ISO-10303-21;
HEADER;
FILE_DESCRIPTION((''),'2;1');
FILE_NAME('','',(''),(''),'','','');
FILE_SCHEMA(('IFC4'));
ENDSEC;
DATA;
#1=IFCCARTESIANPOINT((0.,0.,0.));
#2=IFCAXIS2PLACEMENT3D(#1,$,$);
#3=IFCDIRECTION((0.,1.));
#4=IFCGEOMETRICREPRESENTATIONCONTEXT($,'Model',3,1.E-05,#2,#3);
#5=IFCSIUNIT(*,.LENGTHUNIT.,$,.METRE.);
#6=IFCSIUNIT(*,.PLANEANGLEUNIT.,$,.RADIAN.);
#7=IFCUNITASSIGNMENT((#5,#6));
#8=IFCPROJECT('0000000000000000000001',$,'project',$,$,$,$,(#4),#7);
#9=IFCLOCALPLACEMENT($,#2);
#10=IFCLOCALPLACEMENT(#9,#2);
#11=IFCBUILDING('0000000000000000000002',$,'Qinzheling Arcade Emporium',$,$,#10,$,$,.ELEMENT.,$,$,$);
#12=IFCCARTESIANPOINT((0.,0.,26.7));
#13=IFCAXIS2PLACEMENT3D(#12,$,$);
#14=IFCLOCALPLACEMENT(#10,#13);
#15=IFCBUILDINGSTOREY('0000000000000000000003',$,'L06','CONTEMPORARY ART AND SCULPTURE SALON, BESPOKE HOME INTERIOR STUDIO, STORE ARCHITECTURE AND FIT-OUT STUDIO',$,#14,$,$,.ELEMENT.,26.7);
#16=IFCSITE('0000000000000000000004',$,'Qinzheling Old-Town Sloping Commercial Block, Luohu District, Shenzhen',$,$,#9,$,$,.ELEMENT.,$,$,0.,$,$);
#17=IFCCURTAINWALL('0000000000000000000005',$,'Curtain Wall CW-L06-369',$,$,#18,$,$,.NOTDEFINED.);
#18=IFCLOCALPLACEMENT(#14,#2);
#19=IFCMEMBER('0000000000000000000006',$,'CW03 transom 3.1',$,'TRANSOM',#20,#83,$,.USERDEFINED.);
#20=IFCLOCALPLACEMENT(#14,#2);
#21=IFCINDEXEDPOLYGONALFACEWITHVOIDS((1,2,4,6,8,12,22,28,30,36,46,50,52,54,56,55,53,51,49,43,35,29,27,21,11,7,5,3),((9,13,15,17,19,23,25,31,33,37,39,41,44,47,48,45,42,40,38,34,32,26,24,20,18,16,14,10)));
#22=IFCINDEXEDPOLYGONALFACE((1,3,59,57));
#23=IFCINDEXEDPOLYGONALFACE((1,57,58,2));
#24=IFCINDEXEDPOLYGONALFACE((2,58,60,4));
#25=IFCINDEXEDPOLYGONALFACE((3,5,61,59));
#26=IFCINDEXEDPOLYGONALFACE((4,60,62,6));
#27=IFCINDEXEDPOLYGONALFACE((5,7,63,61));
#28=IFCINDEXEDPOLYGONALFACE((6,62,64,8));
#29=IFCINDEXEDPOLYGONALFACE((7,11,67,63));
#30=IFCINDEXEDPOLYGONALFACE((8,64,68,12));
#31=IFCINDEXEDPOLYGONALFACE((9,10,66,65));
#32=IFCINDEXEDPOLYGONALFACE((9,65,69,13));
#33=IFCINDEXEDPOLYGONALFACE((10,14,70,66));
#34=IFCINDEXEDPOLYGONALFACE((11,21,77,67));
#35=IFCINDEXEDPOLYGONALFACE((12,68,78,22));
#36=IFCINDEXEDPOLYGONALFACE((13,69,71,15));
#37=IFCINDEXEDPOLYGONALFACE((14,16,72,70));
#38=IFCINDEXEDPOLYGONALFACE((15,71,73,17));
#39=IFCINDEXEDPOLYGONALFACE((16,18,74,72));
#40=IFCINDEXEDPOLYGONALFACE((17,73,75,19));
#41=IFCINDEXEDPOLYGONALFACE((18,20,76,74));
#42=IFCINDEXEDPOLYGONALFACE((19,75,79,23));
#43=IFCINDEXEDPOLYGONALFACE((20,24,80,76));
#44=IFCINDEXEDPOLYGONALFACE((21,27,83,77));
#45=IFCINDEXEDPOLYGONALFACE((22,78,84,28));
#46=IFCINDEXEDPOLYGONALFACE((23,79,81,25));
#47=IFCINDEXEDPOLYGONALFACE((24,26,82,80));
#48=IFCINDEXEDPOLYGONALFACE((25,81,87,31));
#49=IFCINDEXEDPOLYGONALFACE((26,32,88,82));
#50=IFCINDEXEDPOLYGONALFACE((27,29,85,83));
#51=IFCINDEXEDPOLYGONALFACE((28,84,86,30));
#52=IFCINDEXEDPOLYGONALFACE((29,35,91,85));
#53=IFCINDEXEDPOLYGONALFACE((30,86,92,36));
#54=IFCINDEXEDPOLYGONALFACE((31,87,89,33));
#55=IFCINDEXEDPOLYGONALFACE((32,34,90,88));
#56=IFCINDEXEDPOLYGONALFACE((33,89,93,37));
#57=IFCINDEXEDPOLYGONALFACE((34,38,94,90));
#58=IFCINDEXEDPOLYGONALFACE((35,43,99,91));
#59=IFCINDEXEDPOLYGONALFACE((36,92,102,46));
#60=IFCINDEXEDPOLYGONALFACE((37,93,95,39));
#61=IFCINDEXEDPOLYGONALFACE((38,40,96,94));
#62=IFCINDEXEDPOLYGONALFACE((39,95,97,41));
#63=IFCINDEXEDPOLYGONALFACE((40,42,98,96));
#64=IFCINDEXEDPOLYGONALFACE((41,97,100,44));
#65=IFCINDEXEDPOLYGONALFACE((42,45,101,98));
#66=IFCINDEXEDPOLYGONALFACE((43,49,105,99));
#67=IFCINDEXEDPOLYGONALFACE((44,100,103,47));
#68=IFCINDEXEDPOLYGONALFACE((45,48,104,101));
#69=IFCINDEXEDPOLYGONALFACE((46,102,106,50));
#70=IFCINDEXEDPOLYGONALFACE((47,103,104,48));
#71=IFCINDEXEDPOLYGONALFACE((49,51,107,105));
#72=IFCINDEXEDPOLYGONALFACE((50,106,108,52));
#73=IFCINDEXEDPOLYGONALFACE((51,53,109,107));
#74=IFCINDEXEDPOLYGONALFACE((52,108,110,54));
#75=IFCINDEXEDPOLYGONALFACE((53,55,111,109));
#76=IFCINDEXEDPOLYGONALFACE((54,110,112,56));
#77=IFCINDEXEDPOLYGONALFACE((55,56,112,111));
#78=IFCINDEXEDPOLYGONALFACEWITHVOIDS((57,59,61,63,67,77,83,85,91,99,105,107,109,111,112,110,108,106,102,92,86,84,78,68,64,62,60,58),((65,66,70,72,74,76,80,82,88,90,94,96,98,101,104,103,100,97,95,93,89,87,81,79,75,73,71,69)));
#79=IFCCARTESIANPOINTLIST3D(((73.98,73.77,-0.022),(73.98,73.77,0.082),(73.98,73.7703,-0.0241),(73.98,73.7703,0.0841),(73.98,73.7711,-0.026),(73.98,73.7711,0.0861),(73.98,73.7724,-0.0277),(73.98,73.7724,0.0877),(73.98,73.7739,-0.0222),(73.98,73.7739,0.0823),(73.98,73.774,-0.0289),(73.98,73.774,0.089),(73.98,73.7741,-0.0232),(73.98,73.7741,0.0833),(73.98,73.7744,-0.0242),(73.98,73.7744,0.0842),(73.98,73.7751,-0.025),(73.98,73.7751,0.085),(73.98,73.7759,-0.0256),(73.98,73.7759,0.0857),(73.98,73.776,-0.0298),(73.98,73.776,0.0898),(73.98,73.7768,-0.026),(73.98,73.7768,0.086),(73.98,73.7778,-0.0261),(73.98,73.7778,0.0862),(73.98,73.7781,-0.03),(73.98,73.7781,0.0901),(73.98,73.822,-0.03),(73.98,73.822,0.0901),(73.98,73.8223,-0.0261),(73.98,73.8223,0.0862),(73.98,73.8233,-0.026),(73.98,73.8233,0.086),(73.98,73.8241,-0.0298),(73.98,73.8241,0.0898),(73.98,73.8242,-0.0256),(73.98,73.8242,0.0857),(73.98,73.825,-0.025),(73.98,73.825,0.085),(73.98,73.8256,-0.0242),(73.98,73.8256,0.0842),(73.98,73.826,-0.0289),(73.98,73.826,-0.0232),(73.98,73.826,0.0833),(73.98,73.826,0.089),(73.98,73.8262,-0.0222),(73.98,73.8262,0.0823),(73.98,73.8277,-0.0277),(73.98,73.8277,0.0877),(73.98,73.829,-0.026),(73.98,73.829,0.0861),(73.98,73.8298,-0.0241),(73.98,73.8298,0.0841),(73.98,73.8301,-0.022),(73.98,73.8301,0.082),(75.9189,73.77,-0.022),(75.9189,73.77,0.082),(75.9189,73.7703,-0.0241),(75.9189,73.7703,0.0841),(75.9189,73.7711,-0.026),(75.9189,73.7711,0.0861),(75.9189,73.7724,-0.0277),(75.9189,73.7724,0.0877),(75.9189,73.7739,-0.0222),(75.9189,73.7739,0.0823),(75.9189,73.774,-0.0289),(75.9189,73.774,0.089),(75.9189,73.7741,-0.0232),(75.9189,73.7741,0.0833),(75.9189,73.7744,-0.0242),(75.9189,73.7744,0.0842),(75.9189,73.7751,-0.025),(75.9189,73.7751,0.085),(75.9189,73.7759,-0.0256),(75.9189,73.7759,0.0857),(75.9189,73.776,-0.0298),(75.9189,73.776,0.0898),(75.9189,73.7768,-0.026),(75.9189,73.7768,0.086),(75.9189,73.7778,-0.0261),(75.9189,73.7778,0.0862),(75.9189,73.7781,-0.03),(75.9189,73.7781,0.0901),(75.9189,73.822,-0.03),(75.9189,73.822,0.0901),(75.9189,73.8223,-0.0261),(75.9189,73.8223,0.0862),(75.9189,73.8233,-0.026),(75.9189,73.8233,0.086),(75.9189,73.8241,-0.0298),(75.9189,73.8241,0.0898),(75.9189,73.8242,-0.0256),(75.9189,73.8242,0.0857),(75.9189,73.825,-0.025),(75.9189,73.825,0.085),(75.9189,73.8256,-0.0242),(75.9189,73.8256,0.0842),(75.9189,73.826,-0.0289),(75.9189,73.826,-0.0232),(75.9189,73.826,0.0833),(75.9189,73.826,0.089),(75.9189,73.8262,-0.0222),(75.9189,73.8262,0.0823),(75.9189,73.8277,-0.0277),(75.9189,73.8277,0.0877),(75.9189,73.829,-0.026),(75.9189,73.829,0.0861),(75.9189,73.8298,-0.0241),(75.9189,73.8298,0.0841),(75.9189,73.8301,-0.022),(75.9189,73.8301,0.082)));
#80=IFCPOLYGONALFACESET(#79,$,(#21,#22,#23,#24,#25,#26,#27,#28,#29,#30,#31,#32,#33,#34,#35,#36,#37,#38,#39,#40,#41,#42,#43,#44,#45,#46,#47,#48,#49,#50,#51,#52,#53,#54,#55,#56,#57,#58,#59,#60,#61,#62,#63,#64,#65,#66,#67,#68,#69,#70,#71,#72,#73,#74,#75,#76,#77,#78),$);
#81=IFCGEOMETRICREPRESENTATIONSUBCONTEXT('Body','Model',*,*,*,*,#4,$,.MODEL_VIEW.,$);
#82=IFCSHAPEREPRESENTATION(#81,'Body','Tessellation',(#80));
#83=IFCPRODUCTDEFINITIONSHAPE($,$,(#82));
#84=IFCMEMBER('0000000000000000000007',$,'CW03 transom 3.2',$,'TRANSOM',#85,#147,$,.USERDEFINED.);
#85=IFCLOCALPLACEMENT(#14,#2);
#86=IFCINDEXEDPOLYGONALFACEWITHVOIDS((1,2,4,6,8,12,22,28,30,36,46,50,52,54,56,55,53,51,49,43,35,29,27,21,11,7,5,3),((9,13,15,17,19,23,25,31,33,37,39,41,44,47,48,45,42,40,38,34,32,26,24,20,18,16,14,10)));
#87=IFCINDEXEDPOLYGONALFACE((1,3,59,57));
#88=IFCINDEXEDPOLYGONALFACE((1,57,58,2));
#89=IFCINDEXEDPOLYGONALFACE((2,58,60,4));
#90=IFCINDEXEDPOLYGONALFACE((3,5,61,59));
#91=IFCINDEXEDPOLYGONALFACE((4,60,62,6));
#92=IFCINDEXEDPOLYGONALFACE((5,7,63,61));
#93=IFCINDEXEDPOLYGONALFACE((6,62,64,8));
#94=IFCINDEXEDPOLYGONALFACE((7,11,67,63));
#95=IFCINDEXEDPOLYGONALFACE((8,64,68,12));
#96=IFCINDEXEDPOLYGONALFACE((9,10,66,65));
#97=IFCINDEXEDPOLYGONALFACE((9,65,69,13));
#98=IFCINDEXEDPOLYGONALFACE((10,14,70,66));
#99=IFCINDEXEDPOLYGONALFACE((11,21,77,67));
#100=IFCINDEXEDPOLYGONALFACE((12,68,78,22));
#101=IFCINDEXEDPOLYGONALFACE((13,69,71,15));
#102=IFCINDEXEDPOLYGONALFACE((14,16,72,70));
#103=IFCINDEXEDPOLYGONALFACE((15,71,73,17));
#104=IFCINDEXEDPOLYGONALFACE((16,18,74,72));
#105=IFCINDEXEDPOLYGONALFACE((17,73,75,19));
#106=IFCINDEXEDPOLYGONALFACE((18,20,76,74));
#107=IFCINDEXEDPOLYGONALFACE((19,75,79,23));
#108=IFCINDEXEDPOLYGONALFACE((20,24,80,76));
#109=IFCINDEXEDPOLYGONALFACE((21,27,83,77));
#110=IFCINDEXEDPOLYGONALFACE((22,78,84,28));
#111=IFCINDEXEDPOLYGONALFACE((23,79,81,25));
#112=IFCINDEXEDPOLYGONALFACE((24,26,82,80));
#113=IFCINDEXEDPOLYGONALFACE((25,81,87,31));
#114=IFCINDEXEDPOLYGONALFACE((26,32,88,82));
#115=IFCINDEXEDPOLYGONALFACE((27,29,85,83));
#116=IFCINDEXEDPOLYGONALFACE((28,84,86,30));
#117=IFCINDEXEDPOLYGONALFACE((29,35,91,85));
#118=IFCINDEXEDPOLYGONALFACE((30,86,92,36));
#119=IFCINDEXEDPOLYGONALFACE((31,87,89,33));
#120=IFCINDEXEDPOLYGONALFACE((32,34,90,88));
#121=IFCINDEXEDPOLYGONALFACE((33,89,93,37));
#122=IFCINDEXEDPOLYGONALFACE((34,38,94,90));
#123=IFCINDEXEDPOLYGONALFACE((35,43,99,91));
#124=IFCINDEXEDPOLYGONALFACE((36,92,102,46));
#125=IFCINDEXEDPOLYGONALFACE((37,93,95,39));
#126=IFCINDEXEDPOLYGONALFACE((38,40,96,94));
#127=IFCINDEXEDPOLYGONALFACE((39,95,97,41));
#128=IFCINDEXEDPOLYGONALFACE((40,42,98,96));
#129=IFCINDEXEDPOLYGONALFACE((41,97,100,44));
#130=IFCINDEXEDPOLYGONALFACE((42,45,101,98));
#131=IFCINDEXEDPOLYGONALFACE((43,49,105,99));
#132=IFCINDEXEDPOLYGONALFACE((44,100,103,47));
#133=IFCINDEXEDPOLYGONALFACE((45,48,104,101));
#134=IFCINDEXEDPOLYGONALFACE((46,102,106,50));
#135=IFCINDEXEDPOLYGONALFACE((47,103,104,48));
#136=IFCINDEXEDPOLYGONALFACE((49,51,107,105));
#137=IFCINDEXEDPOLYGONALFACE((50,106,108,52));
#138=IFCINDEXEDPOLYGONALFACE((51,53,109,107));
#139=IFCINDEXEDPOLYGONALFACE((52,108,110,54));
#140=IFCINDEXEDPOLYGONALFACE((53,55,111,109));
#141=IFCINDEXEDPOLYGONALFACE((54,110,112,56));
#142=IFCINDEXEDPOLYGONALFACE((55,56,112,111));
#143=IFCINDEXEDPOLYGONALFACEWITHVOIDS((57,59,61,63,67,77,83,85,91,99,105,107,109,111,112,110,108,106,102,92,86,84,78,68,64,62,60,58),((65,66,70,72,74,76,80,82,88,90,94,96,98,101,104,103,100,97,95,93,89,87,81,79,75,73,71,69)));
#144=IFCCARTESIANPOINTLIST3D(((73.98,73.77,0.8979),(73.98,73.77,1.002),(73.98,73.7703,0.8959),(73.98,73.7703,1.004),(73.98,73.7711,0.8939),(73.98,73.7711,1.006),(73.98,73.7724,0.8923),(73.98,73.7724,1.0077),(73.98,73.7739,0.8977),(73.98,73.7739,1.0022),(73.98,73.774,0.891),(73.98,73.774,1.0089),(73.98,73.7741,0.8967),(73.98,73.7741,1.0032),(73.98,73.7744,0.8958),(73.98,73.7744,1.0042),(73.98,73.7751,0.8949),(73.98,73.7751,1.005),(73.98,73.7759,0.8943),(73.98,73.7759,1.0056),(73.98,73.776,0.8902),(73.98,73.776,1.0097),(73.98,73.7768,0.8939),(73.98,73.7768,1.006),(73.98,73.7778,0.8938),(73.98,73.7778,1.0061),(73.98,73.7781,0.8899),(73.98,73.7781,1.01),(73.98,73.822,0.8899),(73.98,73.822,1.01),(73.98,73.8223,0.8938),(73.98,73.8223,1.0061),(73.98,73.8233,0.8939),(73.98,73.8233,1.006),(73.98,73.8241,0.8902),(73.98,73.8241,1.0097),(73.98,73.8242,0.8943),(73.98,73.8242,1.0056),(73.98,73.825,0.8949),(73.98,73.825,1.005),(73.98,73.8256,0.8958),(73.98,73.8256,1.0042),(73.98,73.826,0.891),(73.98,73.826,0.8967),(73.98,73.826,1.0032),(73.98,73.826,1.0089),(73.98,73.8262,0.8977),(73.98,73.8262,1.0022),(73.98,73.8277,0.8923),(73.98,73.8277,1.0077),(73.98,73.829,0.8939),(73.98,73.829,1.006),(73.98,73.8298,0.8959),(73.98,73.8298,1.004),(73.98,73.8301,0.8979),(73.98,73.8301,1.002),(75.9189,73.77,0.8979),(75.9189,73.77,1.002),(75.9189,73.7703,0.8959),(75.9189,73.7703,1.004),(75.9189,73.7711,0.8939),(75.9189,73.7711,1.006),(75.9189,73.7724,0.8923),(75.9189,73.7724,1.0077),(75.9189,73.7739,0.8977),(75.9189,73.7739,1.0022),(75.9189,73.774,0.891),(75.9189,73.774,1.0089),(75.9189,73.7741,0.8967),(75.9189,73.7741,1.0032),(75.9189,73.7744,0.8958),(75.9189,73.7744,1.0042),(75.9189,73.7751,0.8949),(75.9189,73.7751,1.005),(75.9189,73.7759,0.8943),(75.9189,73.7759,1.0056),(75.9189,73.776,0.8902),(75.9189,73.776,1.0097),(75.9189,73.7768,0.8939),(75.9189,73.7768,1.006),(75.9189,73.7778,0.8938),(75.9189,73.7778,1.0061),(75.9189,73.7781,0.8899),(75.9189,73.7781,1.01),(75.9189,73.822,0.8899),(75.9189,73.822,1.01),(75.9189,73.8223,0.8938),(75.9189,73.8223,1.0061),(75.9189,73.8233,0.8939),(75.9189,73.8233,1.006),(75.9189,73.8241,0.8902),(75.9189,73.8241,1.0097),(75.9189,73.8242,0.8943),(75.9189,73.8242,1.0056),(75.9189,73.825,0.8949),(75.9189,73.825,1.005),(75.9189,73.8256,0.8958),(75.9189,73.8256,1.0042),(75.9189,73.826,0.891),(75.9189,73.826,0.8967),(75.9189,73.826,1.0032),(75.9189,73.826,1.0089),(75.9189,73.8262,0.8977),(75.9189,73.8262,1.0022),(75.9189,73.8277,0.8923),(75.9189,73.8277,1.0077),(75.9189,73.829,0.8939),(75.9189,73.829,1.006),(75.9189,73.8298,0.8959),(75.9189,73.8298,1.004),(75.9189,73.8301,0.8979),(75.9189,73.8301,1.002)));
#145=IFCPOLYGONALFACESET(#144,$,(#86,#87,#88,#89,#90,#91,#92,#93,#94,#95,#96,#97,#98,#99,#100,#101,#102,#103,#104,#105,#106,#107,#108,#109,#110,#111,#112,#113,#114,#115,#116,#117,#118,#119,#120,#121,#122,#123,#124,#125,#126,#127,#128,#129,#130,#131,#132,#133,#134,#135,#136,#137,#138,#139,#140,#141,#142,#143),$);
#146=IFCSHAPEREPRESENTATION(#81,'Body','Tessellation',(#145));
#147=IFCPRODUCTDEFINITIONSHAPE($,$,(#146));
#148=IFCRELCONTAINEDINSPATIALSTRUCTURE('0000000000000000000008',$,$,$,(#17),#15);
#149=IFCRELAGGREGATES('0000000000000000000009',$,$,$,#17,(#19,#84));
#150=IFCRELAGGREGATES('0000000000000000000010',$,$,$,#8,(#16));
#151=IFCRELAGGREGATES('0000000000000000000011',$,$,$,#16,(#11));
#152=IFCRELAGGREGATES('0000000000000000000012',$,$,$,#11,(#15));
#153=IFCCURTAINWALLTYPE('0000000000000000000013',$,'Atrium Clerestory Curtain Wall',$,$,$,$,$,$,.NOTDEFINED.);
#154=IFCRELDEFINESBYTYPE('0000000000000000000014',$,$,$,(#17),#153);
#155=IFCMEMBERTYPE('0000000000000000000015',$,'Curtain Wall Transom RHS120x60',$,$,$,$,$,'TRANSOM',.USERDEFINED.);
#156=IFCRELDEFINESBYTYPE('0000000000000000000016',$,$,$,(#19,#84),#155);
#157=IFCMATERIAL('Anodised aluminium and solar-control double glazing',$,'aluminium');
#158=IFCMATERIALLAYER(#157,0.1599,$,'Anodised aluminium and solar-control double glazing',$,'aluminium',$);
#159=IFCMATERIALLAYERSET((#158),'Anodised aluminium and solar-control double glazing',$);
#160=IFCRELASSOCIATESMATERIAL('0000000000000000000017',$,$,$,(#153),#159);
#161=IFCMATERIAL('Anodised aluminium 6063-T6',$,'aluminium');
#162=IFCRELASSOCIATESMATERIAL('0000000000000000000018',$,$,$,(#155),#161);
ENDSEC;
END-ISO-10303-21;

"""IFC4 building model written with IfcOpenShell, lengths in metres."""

from ifc_helpers import new_model, si_unit, direction, frame, origin, origin_2d, place, context, subcontext, project, spatial, hollow_rectangle, extrude, material, layer, layer_set, material_profile, profile_set, type_object, element, aggregate, save


model = new_model("IFC4")

# Units and contexts
model_context = context("Model", 3, precision=1e-05, world=origin(), true_north=direction((0.0, 1.0)))
body_context = subcontext(model_context, "Body", "Model", "MODEL_VIEW")
ifc_project = project(units=[si_unit("LENGTHUNIT", "METRE"), si_unit("PLANEANGLEUNIT", "RADIAN")], contexts=[model_context])

# Site, building, storey
site_placement = place(None, origin())
site = spatial("IfcSite", under=ifc_project, at=site_placement, Name="Qinzheling Old-Town Sloping Commercial Block, Luohu District, Shenzhen", CompositionType="ELEMENT", RefElevation=0.0)
building_placement = place(site_placement, origin())
building = spatial("IfcBuilding", under=site, at=building_placement, Name="Qinzheling Arcade Emporium", CompositionType="ELEMENT")
storey_placement = place(building_placement, frame((0.0, 0.0, 26.7)))
storey = spatial("IfcBuildingStorey", under=building, at=storey_placement, Name="L06", Description="CONTEMPORARY ART AND SCULPTURE SALON, BESPOKE HOME INTERIOR STUDIO, STORE ARCHITECTURE AND FIT-OUT STUDIO", CompositionType="ELEMENT", Elevation=26.7)

# Curtain wall, members
ifc_material_1 = material(Name="Anodised aluminium and solar-control double glazing", Category="aluminium")
ifc_layer_1 = layer(ifc_material_1, 0.1599, Name="Anodised aluminium and solar-control double glazing", Category="aluminium")
ifc_layer_set_1 = layer_set([ifc_layer_1], Name="Anodised aluminium and solar-control double glazing")
curtain_wall_type = type_object("IfcCurtainWallType", Name="Atrium Clerestory Curtain Wall", PredefinedType="NOTDEFINED", material=ifc_layer_set_1)
curtain_wall_placement = place(storey_placement, origin())
curtain_wall = element("IfcCurtainWall", 1, at=curtain_wall_placement, inside=storey, type_object=curtain_wall_type, Name="Curtain Wall CW-L06-369", PredefinedType="NOTDEFINED")
ifc_material_2 = material(Name="Anodised aluminium 6063-T6", Category="aluminium")
ifc_material_profile_1 = material_profile(ifc_material_2, hollow_rectangle(XDim=0.0601, YDim=0.1201, WallThickness=0.0039, InnerFilletRadius=0.0039, OuterFilletRadius=0.0081, at=origin_2d()), Name="RHS 120x60x4", Category="aluminium")
ifc_profile_set_1 = profile_set([ifc_material_profile_1], Name="Anodised aluminium 6063-T6")
member_type_1 = type_object("IfcMemberType", Name="Curtain Wall Transom RHS120x60", ElementType="TRANSOM", PredefinedType="USERDEFINED", material=ifc_profile_set_1)
member_1_placement = place(storey_placement, frame((73.98, 73.8, 0.03), z_axis=(1.0, 0.0, 0.0), x_axis=(0.0, 1.0, 0.0)))
member_1 = element("IfcMember", 2, at=member_1_placement, type_object=member_type_1, Name="CW03 transom 3.1", ObjectType="TRANSOM", PredefinedType="USERDEFINED", context=body_context, shape_type="SweptSolid", body=[
    extrude(hollow_rectangle(XDim=0.0601, YDim=0.1201, WallThickness=0.0039, InnerFilletRadius=0.0039, OuterFilletRadius=0.0081, at=origin_2d()), origin(), (0.0, 0.0, 1.0), 1.939),
])
member_2_placement = place(storey_placement, frame((73.98, 73.8, 0.95), z_axis=(1.0, 0.0, 0.0), x_axis=(0.0, 1.0, 0.0)))
member_2 = element("IfcMember", 3, at=member_2_placement, type_object=member_type_1, Name="CW03 transom 3.2", ObjectType="TRANSOM", PredefinedType="USERDEFINED", context=body_context, shape_type="SweptSolid", body=[
    extrude(hollow_rectangle(XDim=0.0601, YDim=0.1201, WallThickness=0.0039, InnerFilletRadius=0.0039, OuterFilletRadius=0.0081, at=origin_2d()), origin(), (0.0, 0.0, 1.0), 1.939),
])
aggregate(curtain_wall, [member_1, member_2])

save(model, "model.ifc")
